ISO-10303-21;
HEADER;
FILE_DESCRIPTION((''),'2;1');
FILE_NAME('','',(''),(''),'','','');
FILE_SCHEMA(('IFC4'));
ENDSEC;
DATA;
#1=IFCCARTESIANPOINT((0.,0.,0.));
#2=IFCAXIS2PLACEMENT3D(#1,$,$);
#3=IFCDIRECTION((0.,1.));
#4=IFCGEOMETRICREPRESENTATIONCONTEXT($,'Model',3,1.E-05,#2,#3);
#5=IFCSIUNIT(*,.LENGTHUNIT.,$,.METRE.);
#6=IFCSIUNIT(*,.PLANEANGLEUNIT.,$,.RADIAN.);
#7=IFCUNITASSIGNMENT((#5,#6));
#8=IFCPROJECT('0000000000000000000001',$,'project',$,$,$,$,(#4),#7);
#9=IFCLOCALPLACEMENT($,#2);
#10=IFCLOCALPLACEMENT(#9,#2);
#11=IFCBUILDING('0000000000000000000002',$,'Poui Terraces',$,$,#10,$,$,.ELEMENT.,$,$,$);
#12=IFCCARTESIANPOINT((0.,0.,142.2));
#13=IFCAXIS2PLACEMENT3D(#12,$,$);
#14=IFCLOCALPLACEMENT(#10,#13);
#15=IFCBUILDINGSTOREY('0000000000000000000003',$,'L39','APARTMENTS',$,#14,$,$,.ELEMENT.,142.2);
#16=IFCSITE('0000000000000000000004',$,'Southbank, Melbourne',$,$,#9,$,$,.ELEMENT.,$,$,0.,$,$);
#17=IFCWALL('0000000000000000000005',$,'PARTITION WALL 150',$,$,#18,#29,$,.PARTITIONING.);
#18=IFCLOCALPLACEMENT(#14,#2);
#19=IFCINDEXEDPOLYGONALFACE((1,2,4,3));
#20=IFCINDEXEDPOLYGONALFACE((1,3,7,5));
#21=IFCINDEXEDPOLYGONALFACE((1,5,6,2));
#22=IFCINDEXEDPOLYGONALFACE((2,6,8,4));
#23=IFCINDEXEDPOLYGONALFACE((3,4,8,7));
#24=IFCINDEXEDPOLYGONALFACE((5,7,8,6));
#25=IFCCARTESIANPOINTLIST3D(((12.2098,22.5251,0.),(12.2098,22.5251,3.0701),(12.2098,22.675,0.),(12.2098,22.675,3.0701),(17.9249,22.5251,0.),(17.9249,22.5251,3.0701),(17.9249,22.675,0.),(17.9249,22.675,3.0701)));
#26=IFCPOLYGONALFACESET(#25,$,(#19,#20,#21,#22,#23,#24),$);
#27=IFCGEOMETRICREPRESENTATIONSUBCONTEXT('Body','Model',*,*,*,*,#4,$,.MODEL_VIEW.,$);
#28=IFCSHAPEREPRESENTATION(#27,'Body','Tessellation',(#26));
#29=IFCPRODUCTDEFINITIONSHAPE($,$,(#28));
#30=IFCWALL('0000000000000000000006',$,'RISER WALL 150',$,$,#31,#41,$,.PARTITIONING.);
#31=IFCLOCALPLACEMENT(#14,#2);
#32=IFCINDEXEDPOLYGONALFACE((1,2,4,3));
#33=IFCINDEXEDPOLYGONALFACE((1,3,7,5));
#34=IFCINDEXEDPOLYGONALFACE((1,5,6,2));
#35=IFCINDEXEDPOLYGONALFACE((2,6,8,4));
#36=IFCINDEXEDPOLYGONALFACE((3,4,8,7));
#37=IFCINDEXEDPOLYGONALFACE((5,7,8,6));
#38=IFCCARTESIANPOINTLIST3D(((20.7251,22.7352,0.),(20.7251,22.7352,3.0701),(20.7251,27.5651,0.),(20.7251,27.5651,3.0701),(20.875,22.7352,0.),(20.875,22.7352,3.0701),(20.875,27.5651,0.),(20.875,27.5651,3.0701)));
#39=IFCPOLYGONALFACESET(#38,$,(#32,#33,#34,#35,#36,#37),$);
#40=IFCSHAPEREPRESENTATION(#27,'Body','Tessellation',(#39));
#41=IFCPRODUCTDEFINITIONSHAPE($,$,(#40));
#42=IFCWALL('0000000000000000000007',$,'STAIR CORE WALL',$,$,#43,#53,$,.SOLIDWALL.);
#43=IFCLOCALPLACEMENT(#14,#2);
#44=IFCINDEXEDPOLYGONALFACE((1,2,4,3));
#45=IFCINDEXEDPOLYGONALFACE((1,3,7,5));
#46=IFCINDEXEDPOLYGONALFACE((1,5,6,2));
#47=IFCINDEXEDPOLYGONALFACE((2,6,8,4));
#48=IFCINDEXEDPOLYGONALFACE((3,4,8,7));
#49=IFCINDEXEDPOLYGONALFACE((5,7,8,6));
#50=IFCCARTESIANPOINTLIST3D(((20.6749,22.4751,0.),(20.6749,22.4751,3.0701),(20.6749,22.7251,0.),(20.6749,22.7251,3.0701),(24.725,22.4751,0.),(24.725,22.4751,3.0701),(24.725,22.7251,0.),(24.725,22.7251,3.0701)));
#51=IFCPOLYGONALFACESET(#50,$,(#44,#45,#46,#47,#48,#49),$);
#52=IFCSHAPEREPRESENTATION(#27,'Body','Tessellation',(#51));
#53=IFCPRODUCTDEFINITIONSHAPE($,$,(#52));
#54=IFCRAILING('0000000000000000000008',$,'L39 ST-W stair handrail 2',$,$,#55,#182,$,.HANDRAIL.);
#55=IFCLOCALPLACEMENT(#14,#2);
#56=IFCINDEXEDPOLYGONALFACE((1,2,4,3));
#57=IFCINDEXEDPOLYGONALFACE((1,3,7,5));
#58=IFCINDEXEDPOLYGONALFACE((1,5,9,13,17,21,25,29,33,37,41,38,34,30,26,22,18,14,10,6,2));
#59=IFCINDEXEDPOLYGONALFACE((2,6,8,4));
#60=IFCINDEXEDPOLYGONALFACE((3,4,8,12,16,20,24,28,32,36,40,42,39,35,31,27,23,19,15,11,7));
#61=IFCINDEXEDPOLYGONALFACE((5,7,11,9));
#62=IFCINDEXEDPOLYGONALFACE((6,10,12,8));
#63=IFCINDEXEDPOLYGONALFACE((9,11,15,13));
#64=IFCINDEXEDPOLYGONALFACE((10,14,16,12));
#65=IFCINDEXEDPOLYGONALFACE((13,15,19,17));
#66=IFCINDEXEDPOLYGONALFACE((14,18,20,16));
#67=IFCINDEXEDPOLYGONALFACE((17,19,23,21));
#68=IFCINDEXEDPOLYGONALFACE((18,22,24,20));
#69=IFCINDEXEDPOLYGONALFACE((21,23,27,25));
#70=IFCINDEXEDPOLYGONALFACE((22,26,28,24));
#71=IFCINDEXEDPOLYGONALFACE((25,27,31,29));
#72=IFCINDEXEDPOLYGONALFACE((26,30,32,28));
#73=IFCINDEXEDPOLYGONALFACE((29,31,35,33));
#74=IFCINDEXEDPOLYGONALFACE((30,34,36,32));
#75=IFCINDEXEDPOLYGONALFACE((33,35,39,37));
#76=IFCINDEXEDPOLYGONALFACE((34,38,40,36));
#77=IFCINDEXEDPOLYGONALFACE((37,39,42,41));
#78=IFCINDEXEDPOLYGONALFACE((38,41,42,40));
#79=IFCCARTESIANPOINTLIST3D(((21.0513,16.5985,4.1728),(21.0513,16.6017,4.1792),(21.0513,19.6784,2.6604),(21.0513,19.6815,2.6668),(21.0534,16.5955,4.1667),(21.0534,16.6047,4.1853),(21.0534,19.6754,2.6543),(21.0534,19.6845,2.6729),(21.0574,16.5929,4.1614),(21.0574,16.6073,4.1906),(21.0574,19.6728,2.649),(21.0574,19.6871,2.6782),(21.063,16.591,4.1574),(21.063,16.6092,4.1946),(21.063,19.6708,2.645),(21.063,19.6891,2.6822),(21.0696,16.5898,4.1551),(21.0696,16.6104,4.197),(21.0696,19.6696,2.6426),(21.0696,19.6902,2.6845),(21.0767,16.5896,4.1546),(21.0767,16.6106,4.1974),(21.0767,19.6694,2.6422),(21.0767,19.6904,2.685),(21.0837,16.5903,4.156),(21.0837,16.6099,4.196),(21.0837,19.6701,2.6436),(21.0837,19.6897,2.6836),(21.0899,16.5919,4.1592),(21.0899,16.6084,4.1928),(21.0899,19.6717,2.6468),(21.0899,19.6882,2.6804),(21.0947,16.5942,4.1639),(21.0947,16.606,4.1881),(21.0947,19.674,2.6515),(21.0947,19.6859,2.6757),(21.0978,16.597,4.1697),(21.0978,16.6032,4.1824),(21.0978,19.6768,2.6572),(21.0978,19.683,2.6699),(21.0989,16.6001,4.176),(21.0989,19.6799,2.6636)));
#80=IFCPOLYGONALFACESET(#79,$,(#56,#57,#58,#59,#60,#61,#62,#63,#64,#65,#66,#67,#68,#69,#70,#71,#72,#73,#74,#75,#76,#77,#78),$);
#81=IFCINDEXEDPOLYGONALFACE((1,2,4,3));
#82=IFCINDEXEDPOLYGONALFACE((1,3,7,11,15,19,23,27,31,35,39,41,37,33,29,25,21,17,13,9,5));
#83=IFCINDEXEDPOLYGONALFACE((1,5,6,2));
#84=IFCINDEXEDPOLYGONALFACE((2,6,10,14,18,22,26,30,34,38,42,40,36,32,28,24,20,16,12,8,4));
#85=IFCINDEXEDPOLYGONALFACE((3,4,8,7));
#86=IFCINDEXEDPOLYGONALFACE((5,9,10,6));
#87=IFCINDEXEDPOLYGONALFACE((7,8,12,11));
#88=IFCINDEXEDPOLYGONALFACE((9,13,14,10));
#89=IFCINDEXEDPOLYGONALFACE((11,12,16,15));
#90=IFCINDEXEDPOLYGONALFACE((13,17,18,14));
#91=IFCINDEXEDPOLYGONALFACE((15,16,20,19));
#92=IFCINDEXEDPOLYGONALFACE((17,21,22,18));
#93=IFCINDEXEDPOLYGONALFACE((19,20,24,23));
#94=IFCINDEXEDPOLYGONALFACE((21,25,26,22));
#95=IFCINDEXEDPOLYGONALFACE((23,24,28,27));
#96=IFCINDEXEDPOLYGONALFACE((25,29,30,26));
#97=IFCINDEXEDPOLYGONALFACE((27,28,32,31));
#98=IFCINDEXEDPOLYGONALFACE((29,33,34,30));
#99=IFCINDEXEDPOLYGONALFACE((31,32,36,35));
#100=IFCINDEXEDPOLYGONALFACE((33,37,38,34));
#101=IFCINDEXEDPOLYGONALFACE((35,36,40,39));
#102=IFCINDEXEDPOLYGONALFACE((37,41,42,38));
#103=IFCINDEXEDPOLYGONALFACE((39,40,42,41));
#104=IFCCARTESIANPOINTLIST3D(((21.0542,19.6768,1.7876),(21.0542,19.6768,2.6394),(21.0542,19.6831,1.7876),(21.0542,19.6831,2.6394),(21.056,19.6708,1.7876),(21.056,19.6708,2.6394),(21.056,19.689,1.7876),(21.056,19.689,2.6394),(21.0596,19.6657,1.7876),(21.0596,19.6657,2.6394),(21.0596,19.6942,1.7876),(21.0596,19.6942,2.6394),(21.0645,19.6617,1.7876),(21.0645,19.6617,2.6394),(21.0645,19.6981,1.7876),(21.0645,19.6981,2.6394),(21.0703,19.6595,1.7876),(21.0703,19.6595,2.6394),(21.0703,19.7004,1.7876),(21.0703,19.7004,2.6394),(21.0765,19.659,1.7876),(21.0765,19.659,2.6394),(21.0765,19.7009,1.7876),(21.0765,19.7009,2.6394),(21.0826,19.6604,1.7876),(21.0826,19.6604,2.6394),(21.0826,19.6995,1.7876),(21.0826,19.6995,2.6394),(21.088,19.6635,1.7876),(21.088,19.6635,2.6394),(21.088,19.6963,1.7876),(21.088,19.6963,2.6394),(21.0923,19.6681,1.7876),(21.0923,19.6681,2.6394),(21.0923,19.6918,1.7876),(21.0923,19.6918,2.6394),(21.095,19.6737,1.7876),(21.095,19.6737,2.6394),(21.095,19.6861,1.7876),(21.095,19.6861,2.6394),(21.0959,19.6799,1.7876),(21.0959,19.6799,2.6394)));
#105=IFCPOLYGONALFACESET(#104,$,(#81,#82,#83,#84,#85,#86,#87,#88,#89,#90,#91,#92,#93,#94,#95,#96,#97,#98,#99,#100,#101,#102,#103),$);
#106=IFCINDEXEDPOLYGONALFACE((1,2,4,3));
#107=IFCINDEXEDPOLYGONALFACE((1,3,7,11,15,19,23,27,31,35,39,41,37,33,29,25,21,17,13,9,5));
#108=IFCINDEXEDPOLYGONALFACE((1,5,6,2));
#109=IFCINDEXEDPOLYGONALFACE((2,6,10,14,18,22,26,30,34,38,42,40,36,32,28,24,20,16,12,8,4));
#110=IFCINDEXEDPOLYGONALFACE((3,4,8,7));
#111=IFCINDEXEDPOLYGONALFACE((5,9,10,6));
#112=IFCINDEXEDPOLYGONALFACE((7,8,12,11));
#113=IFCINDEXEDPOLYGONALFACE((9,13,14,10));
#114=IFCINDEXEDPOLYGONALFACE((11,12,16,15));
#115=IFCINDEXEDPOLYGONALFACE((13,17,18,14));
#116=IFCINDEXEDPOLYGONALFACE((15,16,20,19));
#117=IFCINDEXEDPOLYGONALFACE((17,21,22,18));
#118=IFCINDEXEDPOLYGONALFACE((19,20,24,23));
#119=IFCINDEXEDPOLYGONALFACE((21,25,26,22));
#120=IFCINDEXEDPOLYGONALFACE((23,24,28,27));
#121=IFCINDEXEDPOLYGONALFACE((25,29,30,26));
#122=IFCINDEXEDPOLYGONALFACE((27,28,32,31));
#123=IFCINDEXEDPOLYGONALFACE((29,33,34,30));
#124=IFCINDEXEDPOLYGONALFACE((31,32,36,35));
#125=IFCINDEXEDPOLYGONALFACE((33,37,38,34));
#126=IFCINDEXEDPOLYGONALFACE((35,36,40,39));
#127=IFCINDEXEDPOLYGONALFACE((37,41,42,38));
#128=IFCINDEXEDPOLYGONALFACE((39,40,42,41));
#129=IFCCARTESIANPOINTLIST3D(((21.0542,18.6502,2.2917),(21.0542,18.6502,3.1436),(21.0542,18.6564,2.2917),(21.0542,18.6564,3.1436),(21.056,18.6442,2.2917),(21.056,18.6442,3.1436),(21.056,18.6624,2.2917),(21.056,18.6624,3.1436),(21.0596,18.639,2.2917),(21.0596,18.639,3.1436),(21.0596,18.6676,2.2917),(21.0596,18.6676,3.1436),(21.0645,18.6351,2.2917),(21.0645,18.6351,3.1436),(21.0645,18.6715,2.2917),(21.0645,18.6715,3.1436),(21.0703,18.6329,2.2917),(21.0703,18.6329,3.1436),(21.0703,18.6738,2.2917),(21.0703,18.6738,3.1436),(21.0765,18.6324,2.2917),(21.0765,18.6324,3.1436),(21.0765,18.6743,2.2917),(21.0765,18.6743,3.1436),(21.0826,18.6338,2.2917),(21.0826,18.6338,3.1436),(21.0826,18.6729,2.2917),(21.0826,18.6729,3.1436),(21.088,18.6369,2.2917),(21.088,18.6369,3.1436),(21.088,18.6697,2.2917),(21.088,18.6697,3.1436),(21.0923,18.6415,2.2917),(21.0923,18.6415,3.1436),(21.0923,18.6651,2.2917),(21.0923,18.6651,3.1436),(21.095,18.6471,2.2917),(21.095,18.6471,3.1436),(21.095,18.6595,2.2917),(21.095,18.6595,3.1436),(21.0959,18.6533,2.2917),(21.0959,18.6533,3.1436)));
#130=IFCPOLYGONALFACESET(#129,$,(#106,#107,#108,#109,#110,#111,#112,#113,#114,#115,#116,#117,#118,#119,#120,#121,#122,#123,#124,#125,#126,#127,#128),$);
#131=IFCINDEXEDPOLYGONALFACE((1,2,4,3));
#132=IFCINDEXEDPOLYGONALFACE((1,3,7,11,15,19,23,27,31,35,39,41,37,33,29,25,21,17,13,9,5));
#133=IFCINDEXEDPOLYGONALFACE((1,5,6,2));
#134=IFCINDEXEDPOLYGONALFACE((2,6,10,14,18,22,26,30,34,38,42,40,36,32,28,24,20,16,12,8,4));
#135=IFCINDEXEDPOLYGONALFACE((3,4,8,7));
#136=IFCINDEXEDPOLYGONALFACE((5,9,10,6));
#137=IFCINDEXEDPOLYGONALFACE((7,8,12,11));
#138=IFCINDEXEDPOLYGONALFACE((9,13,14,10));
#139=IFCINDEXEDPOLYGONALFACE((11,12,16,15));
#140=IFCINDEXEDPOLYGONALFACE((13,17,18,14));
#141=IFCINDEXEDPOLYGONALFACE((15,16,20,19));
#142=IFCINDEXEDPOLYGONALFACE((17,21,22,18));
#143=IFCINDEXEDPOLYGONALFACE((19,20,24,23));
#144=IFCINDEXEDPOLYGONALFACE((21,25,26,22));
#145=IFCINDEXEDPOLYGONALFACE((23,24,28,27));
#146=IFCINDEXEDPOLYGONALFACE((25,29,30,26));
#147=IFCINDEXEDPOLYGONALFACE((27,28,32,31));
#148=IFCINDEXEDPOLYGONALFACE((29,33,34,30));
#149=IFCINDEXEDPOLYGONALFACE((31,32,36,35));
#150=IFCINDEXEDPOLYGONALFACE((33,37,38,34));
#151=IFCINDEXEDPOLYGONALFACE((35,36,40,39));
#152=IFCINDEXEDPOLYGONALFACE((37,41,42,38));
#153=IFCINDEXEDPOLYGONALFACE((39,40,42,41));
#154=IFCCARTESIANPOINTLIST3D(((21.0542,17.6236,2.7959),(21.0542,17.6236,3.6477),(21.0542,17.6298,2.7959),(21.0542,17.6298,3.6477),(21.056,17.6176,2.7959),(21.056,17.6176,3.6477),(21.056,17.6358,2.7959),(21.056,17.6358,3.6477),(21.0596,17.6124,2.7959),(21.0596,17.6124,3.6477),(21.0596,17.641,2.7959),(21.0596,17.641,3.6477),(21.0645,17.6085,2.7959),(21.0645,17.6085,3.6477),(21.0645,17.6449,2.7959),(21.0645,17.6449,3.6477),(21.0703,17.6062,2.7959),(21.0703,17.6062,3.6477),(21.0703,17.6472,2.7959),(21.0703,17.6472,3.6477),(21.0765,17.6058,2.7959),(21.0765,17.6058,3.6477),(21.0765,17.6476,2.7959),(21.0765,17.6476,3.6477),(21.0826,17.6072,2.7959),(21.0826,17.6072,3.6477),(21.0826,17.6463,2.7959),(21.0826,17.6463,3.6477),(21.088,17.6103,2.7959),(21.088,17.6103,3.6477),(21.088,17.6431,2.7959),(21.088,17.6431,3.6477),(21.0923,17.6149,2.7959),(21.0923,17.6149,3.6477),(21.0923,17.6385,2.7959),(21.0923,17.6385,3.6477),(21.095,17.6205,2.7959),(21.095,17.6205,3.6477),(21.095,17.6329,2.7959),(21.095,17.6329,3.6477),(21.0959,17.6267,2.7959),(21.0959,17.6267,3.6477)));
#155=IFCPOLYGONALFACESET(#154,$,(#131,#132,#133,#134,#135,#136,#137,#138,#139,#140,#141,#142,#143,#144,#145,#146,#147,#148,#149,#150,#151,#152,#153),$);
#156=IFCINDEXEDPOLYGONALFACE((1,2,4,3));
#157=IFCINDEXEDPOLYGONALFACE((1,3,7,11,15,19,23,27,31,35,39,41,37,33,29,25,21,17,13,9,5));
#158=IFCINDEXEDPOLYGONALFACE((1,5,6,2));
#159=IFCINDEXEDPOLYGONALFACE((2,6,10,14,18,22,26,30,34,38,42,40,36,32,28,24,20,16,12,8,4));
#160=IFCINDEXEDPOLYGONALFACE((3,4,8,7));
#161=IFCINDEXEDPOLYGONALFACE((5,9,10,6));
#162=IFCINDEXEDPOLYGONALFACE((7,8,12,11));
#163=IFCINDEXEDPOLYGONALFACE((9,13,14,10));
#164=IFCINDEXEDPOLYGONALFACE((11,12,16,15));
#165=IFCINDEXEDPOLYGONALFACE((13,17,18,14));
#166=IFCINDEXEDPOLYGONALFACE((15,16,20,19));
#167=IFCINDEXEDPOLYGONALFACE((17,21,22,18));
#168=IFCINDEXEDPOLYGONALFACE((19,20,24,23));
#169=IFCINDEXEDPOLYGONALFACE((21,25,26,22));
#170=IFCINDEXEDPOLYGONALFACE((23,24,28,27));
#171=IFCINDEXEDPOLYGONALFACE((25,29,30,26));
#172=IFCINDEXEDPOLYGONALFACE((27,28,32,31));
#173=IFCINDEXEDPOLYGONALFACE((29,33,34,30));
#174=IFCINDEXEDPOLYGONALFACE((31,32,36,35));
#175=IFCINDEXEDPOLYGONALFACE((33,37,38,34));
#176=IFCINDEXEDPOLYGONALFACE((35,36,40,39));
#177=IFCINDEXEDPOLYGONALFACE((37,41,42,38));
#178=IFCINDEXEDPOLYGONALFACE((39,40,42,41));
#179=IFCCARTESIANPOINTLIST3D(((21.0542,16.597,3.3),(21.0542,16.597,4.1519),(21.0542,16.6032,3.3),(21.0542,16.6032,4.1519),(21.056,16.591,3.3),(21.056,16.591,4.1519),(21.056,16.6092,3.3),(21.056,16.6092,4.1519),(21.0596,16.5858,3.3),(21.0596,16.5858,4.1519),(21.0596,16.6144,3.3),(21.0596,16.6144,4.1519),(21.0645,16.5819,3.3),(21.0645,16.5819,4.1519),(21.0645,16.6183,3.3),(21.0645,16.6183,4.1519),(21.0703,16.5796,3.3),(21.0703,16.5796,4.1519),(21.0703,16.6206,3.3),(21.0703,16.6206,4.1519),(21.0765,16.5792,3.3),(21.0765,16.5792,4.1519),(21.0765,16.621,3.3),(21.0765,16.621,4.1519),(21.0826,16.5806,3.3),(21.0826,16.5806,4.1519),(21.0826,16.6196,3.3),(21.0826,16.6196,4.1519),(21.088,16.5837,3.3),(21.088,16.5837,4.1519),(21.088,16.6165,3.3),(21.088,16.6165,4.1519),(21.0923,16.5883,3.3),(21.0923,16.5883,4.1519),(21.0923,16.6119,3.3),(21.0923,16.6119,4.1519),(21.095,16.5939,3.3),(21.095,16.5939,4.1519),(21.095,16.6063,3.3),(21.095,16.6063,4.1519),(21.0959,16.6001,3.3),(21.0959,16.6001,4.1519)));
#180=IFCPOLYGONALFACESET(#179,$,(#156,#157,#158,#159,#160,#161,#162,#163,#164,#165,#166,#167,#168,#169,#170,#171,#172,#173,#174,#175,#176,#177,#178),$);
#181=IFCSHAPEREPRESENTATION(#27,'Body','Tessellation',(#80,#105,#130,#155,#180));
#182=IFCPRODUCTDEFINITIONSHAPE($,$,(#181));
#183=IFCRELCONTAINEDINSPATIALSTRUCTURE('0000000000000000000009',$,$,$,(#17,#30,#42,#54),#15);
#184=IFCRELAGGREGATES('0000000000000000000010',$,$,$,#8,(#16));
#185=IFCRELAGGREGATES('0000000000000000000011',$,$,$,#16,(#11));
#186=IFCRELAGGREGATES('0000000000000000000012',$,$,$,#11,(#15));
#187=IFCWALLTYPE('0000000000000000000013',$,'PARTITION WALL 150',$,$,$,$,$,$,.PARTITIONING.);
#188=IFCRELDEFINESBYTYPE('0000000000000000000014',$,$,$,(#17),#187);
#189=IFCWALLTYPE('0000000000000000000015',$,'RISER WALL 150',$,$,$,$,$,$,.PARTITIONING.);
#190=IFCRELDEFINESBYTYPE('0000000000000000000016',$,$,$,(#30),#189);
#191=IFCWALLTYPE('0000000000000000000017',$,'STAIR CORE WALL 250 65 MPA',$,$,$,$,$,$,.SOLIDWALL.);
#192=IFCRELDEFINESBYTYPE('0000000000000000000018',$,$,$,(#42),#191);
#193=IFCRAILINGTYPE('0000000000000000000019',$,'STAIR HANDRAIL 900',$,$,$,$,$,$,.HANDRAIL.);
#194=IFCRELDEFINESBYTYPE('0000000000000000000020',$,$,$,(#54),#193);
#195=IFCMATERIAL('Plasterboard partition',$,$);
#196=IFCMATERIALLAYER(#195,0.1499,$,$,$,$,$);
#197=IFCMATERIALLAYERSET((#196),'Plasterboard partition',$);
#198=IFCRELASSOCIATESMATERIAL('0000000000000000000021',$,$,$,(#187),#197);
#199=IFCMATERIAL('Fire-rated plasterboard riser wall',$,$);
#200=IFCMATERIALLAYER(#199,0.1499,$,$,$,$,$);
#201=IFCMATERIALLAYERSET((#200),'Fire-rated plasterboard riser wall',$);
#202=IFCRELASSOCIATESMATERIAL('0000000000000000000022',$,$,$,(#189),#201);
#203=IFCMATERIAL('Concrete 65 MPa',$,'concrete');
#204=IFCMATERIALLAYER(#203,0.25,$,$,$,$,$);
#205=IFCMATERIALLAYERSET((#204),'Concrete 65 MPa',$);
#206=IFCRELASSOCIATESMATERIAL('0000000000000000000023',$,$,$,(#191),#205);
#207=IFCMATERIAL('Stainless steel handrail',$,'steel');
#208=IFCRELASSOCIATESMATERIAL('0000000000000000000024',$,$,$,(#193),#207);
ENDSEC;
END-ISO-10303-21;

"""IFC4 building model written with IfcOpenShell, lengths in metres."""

from ifc_helpers import new_model, si_unit, direction, frame, frame_2d, origin, origin_2d, place, context, subcontext, project, spatial, rectangle, circle, extrude, material, layer, layer_set, type_object, element, save


model = new_model("IFC4")

# Units and contexts
model_context = context("Model", 3, precision=1e-05, world=origin(), true_north=direction((0.0, 1.0)))
body_context = subcontext(model_context, "Body", "Model", "MODEL_VIEW")
ifc_project = project(units=[si_unit("LENGTHUNIT", "METRE"), si_unit("PLANEANGLEUNIT", "RADIAN")], contexts=[model_context])

# Site, building, storey
site_placement = place(None, origin())
site = spatial("IfcSite", under=ifc_project, at=site_placement, Name="Southbank, Melbourne", CompositionType="ELEMENT", RefElevation=0.0)
building_placement = place(site_placement, origin())
building = spatial("IfcBuilding", under=site, at=building_placement, Name="Poui Terraces", CompositionType="ELEMENT")
storey_placement = place(building_placement, frame((0.0, 0.0, 142.2)))
storey = spatial("IfcBuildingStorey", under=building, at=storey_placement, Name="L39", Description="APARTMENTS", CompositionType="ELEMENT", Elevation=142.2)

# Walls
ifc_material_1 = material(Name="Plasterboard partition")
ifc_layer_1 = layer(ifc_material_1, 0.1499)
ifc_layer_set_1 = layer_set([ifc_layer_1], Name="Plasterboard partition")
wall_type_1 = type_object("IfcWallType", Name="PARTITION WALL 150", PredefinedType="PARTITIONING", material=ifc_layer_set_1)
wall_1_placement = place(storey_placement, frame((12.21, 22.6001, 0.0), z_axis=(0.0, 0.0, 1.0), x_axis=(1.0, 0.0, 0.0)))
element("IfcWall", 1, at=wall_1_placement, inside=storey, type_object=wall_type_1, Name="PARTITION WALL 150", PredefinedType="PARTITIONING", context=body_context, shape_type="SweptSolid", body=[
    extrude(rectangle(XDim=5.7151, YDim=0.1499, at=frame_2d((2.8574, 0.0))), origin(), (0.0, 0.0, 1.0), 3.0701),
])
ifc_material_2 = material(Name="Fire-rated plasterboard riser wall")
ifc_layer_2 = layer(ifc_material_2, 0.1499)
ifc_layer_set_2 = layer_set([ifc_layer_2], Name="Fire-rated plasterboard riser wall")
wall_type_2 = type_object("IfcWallType", Name="RISER WALL 150", PredefinedType="PARTITIONING", material=ifc_layer_set_2)
wall_2_placement = place(storey_placement, frame((20.8, 22.7351, 0.0), z_axis=(0.0, 0.0, 1.0), x_axis=(0.0, 1.0, 0.0)))
element("IfcWall", 2, at=wall_2_placement, inside=storey, type_object=wall_type_2, Name="RISER WALL 150", PredefinedType="PARTITIONING", context=body_context, shape_type="SweptSolid", body=[
    extrude(rectangle(XDim=4.8298, YDim=0.1499, at=frame_2d((2.415, 0.0))), origin(), (0.0, 0.0, 1.0), 3.0701),
])

# Shared definitions
ifc_material_3 = material(Name="Concrete 65 MPa", Category="concrete")

# Wall
ifc_layer_3 = layer(ifc_material_3, 0.25)
ifc_layer_set_3 = layer_set([ifc_layer_3], Name="Concrete 65 MPa")
wall_type_3 = type_object("IfcWallType", Name="STAIR CORE WALL 250 65 MPA", PredefinedType="SOLIDWALL", material=ifc_layer_set_3)
wall_3_placement = place(storey_placement, frame((20.675, 22.6001, 0.0), z_axis=(0.0, 0.0, 1.0), x_axis=(1.0, 0.0, 0.0)))
element("IfcWall", 3, at=wall_3_placement, inside=storey, type_object=wall_type_3, Name="STAIR CORE WALL", PredefinedType="SOLIDWALL", context=body_context, shape_type="SweptSolid", body=[
    extrude(rectangle(XDim=4.05, YDim=0.25, at=frame_2d((2.0249, 0.0))), origin(), (0.0, 0.0, 1.0), 3.0701),
])

# Railing
ifc_material_4 = material(Name="Stainless steel handrail", Category="steel")
railing_type = type_object("IfcRailingType", Name="STAIR HANDRAIL 900", PredefinedType="HANDRAIL", material=ifc_material_4)
railing_placement = place(storey_placement, frame((21.075, 19.6799, 1.7876)))
element("IfcRailing", 4, at=railing_placement, inside=storey, type_object=railing_type, Name="L39 ST-W stair handrail 2", PredefinedType="HANDRAIL", context=body_context, shape_type="SweptSolid", body=[
    extrude(circle(Radius=0.0239, at=origin_2d()), frame((0.0, 0.0, 0.876), z_axis=(0.0, -0.897606, 0.440798), x_axis=(1.0, 0.0, 0.0)), (0.0, 0.0, 1.0), 3.4312),
    extrude(circle(Radius=0.021, at=origin_2d()), origin(), (0.0, 0.0, 1.0), 0.8518),
    extrude(circle(Radius=0.021, at=origin_2d()), frame((0.0, -1.0266, 0.5042)), (0.0, 0.0, 1.0), 0.8518),
    extrude(circle(Radius=0.021, at=origin_2d()), frame((0.0, -2.0532, 1.0083)), (0.0, 0.0, 1.0), 0.8518),
    extrude(circle(Radius=0.021, at=origin_2d()), frame((0.0, -3.0798, 1.5125)), (0.0, 0.0, 1.0), 0.8518),
])

save(model, "model.ifc")
